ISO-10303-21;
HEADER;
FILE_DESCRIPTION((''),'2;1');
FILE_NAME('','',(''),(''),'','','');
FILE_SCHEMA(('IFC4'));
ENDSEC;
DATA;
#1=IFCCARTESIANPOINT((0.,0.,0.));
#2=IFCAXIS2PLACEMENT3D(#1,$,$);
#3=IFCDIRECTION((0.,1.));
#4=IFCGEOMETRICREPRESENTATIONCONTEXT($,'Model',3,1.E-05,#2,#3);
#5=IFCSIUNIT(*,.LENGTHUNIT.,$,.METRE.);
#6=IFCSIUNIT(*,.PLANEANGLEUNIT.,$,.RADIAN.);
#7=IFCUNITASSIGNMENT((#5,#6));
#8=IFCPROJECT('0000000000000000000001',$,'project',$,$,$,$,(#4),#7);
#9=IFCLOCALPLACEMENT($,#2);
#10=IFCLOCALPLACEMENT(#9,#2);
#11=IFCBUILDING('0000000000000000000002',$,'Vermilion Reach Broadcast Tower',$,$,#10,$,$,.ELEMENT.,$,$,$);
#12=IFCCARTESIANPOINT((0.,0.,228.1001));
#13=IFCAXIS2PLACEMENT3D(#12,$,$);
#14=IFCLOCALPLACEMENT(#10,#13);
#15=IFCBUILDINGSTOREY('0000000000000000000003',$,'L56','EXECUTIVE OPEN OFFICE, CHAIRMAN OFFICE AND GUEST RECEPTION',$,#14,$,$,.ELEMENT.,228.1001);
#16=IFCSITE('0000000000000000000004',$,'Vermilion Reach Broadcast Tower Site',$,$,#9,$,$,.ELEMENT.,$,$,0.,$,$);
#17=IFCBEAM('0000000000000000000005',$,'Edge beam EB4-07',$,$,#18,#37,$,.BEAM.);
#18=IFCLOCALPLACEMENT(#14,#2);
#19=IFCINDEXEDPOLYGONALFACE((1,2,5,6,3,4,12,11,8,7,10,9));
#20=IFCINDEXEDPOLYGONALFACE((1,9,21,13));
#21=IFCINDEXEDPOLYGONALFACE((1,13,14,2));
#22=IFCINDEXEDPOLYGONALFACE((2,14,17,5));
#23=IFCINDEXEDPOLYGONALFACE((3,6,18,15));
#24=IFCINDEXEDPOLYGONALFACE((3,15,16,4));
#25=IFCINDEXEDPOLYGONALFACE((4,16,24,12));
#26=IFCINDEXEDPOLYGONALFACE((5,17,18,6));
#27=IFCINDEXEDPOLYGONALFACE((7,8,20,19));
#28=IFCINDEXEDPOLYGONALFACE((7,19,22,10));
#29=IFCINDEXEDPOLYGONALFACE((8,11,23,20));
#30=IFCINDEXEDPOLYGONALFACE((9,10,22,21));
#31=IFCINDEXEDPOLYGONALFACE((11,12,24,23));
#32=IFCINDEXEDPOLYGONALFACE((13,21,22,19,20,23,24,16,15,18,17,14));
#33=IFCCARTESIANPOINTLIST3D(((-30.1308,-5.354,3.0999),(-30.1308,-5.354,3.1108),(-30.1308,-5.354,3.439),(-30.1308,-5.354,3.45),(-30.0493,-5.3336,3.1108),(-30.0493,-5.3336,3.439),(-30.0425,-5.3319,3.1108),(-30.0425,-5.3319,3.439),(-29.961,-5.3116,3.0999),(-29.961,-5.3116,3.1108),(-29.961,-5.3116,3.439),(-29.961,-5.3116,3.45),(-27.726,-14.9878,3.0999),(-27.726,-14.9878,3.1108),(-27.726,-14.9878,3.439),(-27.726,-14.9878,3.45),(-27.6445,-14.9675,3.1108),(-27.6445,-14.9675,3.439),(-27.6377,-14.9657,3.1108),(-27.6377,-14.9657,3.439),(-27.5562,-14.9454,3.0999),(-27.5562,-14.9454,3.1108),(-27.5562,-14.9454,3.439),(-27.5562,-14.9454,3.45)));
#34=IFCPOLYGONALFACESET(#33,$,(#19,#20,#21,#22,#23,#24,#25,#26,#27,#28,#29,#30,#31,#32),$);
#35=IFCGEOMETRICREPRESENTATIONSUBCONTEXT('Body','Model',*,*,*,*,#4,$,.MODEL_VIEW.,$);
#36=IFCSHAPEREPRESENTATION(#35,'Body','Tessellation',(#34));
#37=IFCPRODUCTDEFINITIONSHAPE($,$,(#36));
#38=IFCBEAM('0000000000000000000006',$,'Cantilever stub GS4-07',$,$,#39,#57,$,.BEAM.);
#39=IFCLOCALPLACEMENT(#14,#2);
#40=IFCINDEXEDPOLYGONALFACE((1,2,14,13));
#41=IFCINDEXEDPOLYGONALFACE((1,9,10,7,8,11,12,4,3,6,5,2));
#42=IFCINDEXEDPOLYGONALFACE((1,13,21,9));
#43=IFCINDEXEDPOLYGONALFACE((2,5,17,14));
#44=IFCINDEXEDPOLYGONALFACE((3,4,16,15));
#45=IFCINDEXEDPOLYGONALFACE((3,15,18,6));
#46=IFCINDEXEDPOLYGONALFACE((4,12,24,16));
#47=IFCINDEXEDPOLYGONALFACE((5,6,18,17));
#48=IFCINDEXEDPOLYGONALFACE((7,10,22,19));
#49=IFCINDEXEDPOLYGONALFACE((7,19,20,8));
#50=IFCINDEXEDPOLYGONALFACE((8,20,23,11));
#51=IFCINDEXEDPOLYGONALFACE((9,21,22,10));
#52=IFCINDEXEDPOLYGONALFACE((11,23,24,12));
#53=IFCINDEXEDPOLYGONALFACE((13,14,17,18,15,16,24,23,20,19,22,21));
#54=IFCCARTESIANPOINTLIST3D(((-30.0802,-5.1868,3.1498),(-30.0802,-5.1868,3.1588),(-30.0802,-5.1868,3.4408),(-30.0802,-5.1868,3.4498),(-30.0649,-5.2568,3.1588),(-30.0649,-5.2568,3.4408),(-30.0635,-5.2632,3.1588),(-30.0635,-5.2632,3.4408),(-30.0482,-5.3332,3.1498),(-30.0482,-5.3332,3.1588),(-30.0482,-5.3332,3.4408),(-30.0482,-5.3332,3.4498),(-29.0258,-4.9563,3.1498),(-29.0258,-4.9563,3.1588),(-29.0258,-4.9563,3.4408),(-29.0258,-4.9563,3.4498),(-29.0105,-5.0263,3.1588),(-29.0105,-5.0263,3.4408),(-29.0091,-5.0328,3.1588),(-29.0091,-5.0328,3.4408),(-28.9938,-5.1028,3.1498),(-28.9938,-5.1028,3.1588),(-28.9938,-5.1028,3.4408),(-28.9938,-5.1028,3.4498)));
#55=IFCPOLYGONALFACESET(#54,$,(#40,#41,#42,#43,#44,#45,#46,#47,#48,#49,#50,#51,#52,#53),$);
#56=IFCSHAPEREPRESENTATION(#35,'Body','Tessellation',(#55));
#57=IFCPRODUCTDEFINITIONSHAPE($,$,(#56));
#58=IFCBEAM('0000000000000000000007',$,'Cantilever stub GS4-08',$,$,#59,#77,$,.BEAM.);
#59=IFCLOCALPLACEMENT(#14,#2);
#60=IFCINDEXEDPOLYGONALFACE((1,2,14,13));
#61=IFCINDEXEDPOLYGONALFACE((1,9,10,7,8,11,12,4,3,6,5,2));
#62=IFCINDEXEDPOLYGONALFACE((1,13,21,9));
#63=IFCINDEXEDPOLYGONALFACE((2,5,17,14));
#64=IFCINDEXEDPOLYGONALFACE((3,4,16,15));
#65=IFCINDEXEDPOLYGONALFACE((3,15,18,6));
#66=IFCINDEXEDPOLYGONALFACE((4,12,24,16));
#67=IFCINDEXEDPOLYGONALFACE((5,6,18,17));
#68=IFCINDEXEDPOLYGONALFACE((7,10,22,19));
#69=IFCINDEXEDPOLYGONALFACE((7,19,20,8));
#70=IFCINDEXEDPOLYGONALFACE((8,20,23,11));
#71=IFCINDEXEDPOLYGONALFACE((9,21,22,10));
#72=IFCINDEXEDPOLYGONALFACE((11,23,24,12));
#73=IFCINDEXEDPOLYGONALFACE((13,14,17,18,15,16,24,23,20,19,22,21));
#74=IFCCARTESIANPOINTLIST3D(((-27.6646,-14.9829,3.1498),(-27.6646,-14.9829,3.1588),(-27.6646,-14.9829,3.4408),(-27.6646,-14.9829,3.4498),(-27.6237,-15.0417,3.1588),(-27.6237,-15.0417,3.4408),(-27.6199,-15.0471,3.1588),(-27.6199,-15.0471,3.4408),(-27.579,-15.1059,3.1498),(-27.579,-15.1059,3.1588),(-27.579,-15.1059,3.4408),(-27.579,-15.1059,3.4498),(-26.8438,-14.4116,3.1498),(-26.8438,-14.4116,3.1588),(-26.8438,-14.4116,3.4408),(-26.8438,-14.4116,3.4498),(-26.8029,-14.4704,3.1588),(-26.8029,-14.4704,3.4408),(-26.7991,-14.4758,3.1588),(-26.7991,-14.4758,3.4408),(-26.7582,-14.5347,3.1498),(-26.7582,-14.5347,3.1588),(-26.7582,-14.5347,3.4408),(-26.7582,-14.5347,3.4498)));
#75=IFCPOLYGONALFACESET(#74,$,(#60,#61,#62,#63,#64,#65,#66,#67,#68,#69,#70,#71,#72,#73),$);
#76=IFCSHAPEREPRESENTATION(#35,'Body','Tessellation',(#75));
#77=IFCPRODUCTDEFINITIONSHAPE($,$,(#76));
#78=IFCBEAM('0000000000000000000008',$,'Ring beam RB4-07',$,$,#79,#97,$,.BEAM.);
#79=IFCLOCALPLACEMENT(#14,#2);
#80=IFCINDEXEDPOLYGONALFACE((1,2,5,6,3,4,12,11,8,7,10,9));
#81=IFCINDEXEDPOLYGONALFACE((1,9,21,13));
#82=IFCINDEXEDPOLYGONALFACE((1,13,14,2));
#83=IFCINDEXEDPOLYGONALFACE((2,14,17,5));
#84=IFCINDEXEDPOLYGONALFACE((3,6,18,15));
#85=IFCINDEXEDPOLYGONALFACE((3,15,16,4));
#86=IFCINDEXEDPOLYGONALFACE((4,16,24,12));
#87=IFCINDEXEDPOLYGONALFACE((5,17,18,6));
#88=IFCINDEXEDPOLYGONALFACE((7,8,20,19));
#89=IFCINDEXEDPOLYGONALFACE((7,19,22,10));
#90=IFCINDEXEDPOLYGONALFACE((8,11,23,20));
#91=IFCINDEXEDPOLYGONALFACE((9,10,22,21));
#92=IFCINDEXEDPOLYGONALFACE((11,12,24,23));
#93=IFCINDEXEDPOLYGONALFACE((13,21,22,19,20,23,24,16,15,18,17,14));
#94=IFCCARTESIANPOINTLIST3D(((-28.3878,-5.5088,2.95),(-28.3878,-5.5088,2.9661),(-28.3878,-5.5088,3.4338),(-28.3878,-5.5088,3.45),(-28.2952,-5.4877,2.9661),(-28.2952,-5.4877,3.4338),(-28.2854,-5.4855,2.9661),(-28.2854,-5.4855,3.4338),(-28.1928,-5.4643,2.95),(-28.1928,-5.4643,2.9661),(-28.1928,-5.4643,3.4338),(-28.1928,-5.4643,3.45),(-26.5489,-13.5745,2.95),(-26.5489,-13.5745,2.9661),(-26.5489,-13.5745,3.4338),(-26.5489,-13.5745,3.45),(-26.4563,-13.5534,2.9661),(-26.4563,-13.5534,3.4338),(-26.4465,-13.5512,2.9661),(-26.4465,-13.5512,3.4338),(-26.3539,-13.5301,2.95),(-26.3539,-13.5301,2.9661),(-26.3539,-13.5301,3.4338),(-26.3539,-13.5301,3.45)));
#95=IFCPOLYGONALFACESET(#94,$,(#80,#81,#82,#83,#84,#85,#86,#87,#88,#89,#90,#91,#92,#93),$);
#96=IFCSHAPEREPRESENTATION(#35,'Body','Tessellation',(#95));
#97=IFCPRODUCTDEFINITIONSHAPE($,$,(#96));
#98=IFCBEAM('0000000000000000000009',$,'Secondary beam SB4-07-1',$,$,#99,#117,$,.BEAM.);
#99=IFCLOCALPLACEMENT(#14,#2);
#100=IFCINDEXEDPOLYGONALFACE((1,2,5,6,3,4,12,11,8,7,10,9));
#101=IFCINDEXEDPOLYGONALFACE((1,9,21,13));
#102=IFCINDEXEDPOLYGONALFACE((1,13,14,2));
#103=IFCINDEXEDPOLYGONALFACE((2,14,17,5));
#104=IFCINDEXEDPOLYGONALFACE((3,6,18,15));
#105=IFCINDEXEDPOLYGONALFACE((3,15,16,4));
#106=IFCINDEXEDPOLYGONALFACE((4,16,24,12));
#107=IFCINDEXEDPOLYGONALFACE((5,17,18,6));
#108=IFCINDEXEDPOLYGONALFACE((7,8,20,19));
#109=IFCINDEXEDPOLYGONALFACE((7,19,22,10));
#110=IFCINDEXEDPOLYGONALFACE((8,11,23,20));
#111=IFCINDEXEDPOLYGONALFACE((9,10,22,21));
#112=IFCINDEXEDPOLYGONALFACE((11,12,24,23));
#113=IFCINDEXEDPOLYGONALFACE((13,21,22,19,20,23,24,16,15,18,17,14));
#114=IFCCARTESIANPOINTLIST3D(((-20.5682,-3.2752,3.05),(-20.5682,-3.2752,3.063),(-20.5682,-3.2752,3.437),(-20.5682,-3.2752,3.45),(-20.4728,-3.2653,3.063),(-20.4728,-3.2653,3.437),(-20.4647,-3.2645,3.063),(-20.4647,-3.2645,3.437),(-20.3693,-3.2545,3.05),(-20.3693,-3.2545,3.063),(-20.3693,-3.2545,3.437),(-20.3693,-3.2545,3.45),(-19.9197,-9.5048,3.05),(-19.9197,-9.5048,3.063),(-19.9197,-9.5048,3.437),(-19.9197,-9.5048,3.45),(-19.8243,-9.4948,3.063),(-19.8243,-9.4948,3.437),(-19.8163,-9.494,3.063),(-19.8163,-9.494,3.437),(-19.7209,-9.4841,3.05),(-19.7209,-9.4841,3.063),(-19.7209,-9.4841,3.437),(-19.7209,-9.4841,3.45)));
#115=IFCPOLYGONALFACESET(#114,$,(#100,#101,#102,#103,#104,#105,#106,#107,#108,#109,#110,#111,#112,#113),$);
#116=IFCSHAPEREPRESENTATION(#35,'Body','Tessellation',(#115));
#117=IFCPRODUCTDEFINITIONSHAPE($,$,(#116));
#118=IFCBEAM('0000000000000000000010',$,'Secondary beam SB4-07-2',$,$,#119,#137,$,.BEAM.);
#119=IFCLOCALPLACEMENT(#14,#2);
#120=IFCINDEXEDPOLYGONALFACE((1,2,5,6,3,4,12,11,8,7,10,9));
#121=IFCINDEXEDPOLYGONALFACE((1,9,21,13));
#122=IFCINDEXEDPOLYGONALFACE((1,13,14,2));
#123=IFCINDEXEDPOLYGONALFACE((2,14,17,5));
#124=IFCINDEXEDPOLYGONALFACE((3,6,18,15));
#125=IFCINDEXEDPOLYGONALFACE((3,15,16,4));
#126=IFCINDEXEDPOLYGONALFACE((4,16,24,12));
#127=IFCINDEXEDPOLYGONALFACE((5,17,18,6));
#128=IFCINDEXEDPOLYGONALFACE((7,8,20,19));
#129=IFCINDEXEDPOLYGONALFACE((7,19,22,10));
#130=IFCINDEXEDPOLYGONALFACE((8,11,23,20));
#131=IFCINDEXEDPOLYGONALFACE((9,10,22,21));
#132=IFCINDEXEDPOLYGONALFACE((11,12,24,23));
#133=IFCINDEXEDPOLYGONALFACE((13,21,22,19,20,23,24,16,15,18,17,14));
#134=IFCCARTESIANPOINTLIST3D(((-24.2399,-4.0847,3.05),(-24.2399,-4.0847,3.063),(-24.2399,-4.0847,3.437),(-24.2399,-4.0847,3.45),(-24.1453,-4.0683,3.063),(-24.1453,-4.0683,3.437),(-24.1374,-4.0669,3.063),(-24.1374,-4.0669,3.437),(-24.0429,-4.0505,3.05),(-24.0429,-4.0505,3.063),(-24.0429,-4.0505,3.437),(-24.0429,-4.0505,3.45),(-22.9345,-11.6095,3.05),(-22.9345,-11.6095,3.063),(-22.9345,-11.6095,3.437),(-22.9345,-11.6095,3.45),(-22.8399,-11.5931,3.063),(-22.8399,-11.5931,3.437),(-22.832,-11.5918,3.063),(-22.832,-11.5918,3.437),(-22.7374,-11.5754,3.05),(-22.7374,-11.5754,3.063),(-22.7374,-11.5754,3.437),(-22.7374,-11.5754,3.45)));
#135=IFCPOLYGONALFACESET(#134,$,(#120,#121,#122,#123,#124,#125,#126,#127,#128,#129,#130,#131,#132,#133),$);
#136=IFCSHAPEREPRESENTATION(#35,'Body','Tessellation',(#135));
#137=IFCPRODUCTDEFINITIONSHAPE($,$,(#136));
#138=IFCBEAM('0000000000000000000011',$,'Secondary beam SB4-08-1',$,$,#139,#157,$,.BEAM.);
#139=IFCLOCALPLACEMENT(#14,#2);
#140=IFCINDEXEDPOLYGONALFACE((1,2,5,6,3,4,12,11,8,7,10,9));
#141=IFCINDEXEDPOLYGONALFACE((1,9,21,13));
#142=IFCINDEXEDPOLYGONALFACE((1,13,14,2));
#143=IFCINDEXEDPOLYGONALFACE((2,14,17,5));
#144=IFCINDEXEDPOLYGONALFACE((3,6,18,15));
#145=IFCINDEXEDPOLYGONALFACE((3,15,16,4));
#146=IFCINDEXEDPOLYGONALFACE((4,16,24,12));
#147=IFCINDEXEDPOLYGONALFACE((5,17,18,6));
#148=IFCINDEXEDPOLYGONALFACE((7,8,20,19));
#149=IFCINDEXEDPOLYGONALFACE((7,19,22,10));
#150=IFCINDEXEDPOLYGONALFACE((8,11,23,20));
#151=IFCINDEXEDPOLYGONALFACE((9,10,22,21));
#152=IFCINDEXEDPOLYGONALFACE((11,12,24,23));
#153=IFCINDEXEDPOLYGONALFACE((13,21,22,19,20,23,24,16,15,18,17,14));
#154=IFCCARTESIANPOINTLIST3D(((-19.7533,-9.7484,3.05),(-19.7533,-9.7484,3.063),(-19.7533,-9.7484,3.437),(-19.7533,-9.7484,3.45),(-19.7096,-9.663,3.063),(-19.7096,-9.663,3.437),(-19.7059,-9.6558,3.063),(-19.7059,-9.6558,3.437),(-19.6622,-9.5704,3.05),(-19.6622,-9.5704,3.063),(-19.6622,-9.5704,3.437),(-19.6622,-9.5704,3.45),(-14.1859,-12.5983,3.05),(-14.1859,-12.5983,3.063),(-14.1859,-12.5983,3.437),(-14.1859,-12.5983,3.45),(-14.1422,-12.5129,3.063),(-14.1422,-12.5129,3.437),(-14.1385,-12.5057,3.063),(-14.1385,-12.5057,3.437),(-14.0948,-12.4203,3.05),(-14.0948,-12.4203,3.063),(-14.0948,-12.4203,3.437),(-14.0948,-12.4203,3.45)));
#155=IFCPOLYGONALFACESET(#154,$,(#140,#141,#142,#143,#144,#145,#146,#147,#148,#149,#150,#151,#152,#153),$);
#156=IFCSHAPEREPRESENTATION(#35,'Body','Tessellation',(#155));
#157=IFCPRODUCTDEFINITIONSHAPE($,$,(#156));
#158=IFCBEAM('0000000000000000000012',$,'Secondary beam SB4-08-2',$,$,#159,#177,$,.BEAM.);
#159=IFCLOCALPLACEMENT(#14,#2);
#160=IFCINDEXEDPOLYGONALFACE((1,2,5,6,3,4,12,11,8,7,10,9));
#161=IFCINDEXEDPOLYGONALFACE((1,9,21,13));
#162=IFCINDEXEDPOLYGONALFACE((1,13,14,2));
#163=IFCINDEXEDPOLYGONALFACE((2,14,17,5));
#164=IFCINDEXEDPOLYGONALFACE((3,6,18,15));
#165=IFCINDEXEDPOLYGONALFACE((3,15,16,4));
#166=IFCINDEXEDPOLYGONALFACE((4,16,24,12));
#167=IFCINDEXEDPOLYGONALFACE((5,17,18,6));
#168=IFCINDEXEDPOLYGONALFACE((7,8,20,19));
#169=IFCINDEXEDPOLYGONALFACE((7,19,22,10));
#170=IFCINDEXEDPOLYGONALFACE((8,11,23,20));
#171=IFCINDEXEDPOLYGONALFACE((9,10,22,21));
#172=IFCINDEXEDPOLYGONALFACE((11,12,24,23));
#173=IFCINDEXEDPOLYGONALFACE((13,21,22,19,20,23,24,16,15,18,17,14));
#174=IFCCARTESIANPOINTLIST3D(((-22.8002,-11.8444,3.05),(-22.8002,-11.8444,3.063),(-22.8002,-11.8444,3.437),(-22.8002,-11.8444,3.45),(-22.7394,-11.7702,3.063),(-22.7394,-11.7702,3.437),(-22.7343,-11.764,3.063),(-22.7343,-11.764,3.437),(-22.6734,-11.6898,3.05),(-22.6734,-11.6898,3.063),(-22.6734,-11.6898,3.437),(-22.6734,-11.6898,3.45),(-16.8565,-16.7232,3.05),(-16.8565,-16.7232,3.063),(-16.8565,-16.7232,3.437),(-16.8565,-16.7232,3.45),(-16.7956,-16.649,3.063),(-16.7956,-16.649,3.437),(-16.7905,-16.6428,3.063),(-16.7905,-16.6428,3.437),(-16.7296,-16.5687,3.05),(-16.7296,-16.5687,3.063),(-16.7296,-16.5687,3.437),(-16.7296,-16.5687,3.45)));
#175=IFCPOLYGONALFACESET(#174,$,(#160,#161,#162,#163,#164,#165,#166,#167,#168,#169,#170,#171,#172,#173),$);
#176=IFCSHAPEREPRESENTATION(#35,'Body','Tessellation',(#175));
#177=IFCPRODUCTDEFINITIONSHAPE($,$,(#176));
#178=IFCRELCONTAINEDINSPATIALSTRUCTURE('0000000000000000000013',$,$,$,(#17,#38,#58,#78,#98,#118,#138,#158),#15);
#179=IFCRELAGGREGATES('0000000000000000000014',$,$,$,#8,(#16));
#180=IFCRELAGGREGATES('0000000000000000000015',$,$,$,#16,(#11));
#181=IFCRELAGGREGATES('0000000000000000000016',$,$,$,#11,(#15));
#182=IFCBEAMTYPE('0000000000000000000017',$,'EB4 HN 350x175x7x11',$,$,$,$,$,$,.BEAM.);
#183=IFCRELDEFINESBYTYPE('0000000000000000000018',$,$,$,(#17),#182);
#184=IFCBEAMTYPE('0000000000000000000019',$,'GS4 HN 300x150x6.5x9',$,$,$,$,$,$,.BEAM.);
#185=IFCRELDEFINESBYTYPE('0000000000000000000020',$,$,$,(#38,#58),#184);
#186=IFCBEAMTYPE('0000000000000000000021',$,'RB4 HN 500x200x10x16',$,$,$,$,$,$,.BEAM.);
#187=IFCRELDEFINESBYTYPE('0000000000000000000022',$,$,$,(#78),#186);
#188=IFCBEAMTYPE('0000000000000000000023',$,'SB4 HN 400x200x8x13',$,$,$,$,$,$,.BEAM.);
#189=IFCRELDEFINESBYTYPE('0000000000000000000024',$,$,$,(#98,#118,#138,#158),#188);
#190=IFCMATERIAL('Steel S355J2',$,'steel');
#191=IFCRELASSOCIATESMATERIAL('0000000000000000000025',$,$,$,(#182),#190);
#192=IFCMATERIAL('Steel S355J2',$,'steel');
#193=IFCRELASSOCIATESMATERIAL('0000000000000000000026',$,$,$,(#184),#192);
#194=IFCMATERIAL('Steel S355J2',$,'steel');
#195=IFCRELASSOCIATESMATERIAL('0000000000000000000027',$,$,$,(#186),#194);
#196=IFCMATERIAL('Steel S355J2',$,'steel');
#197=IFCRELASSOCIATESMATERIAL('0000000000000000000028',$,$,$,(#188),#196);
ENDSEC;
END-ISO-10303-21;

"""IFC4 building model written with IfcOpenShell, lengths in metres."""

from ifc_helpers import new_model, si_unit, direction, frame, origin, origin_2d, place, context, subcontext, project, spatial, i_section, extrude, material, material_profile, profile_set, type_object, element, save


model = new_model("IFC4")

# Units and contexts
model_context = context("Model", 3, precision=1e-05, world=origin(), true_north=direction((0.0, 1.0)))
body_context = subcontext(model_context, "Body", "Model", "MODEL_VIEW")
ifc_project = project(units=[si_unit("LENGTHUNIT", "METRE"), si_unit("PLANEANGLEUNIT", "RADIAN")], contexts=[model_context])

# Site, building, storey
site_placement = place(None, origin())
site = spatial("IfcSite", under=ifc_project, at=site_placement, Name="Vermilion Reach Broadcast Tower Site", CompositionType="ELEMENT", RefElevation=0.0)
building_placement = place(site_placement, origin())
building = spatial("IfcBuilding", under=site, at=building_placement, Name="Vermilion Reach Broadcast Tower", CompositionType="ELEMENT")
storey_placement = place(building_placement, frame((0.0, 0.0, 228.1001)))
storey = spatial("IfcBuildingStorey", under=building, at=storey_placement, Name="L56", Description="EXECUTIVE OPEN OFFICE, CHAIRMAN OFFICE AND GUEST RECEPTION", CompositionType="ELEMENT", Elevation=228.1001)

# Beams
ifc_material_1 = material(Name="Steel S355J2", Category="steel")
ifc_material_profile_1 = material_profile(ifc_material_1, i_section(OverallWidth=0.175, OverallDepth=0.3501, WebThickness=0.0071, FlangeThickness=0.011, at=origin_2d()), Name="S355J2 HN 350x175x7x11")
ifc_profile_set_1 = profile_set([ifc_material_profile_1], Name="Steel S355J2")
beam_type_1 = type_object("IfcBeamType", Name="EB4 HN 350x175x7x11", PredefinedType="BEAM", material=ifc_profile_set_1)
beam_1_placement = place(storey_placement, frame((-30.0459, -5.3328, 3.2749), z_axis=(0.242188, -0.970229, 0.0), x_axis=(0.970229, 0.242188, 0.0)))
element("IfcBeam", 1, at=beam_1_placement, inside=storey, type_object=beam_type_1, Name="Edge beam EB4-07", PredefinedType="BEAM", context=body_context, shape_type="SweptSolid", body=[
    extrude(i_section(OverallWidth=0.175, OverallDepth=0.3501, WebThickness=0.0071, FlangeThickness=0.011, at=origin_2d()), origin(), (0.0, 0.0, 1.0), 9.9294),
])
ifc_material_2 = material(Name="Steel S355J2", Category="steel")
ifc_material_profile_2 = material_profile(ifc_material_2, i_section(OverallWidth=0.1499, OverallDepth=0.3, WebThickness=0.0066, FlangeThickness=0.009, at=origin_2d()), Name="S355J2 HN 300x150x6.5x9")
ifc_profile_set_2 = profile_set([ifc_material_profile_2], Name="Steel S355J2")
beam_type_2 = type_object("IfcBeamType", Name="GS4 HN 300x150x6.5x9", PredefinedType="BEAM", material=ifc_profile_set_2)
beam_2_placement = place(storey_placement, frame((-29.0098, -5.0295, 3.2998), z_axis=(-0.976937, -0.213528, 0.0), x_axis=(0.213528, -0.976937, 0.0)))
element("IfcBeam", 2, at=beam_2_placement, inside=storey, type_object=beam_type_2, Name="Cantilever stub GS4-07", PredefinedType="BEAM", context=body_context, shape_type="SweptSolid", body=[
    extrude(i_section(OverallWidth=0.1499, OverallDepth=0.3, WebThickness=0.0066, FlangeThickness=0.009, at=origin_2d()), origin(), (0.0, 0.0, 1.0), 1.0793),
])
beam_3_placement = place(storey_placement, frame((-26.801, -14.4731, 3.2998), z_axis=(-0.820766, -0.571265, 0.0), x_axis=(0.571265, -0.820766, 0.0)))
element("IfcBeam", 3, at=beam_3_placement, inside=storey, type_object=beam_type_2, Name="Cantilever stub GS4-08", PredefinedType="BEAM", context=body_context, shape_type="SweptSolid", body=[
    extrude(i_section(OverallWidth=0.1499, OverallDepth=0.3, WebThickness=0.0066, FlangeThickness=0.009, at=origin_2d()), origin(), (0.0, 0.0, 1.0), 1.0),
])
ifc_material_3 = material(Name="Steel S355J2", Category="steel")
ifc_material_profile_3 = material_profile(ifc_material_3, i_section(OverallWidth=0.2, OverallDepth=0.5, WebThickness=0.01, FlangeThickness=0.0161, at=origin_2d()), Name="S355J2 HN 500x200x10x16")
ifc_profile_set_3 = profile_set([ifc_material_profile_3], Name="Steel S355J2")
beam_type_3 = type_object("IfcBeamType", Name="RB4 HN 500x200x10x16", PredefinedType="BEAM", material=ifc_profile_set_3)
beam_4_placement = place(storey_placement, frame((-28.2903, -5.4866, 3.2), z_axis=(0.222283, -0.974982, 0.0), x_axis=(0.974982, 0.222283, 0.0)))
element("IfcBeam", 4, at=beam_4_placement, inside=storey, type_object=beam_type_3, Name="Ring beam RB4-07", PredefinedType="BEAM", context=body_context, shape_type="SweptSolid", body=[
    extrude(i_section(OverallWidth=0.2, OverallDepth=0.5, WebThickness=0.01, FlangeThickness=0.0161, at=origin_2d()), origin(), (0.0, 0.0, 1.0), 8.2727),
])
ifc_material_4 = material(Name="Steel S355J2", Category="steel")
ifc_material_profile_4 = material_profile(ifc_material_4, i_section(OverallWidth=0.2, OverallDepth=0.3999, WebThickness=0.0081, FlangeThickness=0.0129, at=origin_2d()), Name="S355J2 HN 400x200x8x13")
ifc_profile_set_4 = profile_set([ifc_material_profile_4], Name="Steel S355J2")
beam_type_4 = type_object("IfcBeamType", Name="SB4 HN 400x200x8x13", PredefinedType="BEAM", material=ifc_profile_set_4)
beam_5_placement = place(storey_placement, frame((-20.4688, -3.2649, 3.25), z_axis=(0.103532, -0.994626, 0.0), x_axis=(0.994626, 0.103532, 0.0)))
element("IfcBeam", 5, at=beam_5_placement, inside=storey, type_object=beam_type_4, Name="Secondary beam SB4-07-1", PredefinedType="BEAM", context=body_context, shape_type="SweptSolid", body=[
    extrude(i_section(OverallWidth=0.2, OverallDepth=0.3999, WebThickness=0.0081, FlangeThickness=0.0129, at=origin_2d()), origin(), (0.0, 0.0, 1.0), 6.2632),
])
beam_6_placement = place(storey_placement, frame((-24.1414, -4.0676, 3.25), z_axis=(0.170927, -0.985284, 0.0), x_axis=(0.985284, 0.170927, 0.0)))
element("IfcBeam", 6, at=beam_6_placement, inside=storey, type_object=beam_type_4, Name="Secondary beam SB4-07-2", PredefinedType="BEAM", context=body_context, shape_type="SweptSolid", body=[
    extrude(i_section(OverallWidth=0.2, OverallDepth=0.3999, WebThickness=0.0081, FlangeThickness=0.0129, at=origin_2d()), origin(), (0.0, 0.0, 1.0), 7.6372),
])
beam_7_placement = place(storey_placement, frame((-19.7078, -9.6594, 3.25), z_axis=(0.890156, -0.455656, 0.0), x_axis=(0.455656, 0.890156, 0.0)))
element("IfcBeam", 7, at=beam_7_placement, inside=storey, type_object=beam_type_4, Name="Secondary beam SB4-08-1", PredefinedType="BEAM", context=body_context, shape_type="SweptSolid", body=[
    extrude(i_section(OverallWidth=0.2, OverallDepth=0.3999, WebThickness=0.0081, FlangeThickness=0.0129, at=origin_2d()), origin(), (0.0, 0.0, 1.0), 6.2544),
])
beam_8_placement = place(storey_placement, frame((-22.7368, -11.7671, 3.25), z_axis=(0.772952, -0.634465, 0.0), x_axis=(0.634465, 0.772952, 0.0)))
element("IfcBeam", 8, at=beam_8_placement, inside=storey, type_object=beam_type_4, Name="Secondary beam SB4-08-2", PredefinedType="BEAM", context=body_context, shape_type="SweptSolid", body=[
    extrude(i_section(OverallWidth=0.2, OverallDepth=0.3999, WebThickness=0.0081, FlangeThickness=0.0129, at=origin_2d()), origin(), (0.0, 0.0, 1.0), 7.6897),
])

save(model, "model.ifc")
